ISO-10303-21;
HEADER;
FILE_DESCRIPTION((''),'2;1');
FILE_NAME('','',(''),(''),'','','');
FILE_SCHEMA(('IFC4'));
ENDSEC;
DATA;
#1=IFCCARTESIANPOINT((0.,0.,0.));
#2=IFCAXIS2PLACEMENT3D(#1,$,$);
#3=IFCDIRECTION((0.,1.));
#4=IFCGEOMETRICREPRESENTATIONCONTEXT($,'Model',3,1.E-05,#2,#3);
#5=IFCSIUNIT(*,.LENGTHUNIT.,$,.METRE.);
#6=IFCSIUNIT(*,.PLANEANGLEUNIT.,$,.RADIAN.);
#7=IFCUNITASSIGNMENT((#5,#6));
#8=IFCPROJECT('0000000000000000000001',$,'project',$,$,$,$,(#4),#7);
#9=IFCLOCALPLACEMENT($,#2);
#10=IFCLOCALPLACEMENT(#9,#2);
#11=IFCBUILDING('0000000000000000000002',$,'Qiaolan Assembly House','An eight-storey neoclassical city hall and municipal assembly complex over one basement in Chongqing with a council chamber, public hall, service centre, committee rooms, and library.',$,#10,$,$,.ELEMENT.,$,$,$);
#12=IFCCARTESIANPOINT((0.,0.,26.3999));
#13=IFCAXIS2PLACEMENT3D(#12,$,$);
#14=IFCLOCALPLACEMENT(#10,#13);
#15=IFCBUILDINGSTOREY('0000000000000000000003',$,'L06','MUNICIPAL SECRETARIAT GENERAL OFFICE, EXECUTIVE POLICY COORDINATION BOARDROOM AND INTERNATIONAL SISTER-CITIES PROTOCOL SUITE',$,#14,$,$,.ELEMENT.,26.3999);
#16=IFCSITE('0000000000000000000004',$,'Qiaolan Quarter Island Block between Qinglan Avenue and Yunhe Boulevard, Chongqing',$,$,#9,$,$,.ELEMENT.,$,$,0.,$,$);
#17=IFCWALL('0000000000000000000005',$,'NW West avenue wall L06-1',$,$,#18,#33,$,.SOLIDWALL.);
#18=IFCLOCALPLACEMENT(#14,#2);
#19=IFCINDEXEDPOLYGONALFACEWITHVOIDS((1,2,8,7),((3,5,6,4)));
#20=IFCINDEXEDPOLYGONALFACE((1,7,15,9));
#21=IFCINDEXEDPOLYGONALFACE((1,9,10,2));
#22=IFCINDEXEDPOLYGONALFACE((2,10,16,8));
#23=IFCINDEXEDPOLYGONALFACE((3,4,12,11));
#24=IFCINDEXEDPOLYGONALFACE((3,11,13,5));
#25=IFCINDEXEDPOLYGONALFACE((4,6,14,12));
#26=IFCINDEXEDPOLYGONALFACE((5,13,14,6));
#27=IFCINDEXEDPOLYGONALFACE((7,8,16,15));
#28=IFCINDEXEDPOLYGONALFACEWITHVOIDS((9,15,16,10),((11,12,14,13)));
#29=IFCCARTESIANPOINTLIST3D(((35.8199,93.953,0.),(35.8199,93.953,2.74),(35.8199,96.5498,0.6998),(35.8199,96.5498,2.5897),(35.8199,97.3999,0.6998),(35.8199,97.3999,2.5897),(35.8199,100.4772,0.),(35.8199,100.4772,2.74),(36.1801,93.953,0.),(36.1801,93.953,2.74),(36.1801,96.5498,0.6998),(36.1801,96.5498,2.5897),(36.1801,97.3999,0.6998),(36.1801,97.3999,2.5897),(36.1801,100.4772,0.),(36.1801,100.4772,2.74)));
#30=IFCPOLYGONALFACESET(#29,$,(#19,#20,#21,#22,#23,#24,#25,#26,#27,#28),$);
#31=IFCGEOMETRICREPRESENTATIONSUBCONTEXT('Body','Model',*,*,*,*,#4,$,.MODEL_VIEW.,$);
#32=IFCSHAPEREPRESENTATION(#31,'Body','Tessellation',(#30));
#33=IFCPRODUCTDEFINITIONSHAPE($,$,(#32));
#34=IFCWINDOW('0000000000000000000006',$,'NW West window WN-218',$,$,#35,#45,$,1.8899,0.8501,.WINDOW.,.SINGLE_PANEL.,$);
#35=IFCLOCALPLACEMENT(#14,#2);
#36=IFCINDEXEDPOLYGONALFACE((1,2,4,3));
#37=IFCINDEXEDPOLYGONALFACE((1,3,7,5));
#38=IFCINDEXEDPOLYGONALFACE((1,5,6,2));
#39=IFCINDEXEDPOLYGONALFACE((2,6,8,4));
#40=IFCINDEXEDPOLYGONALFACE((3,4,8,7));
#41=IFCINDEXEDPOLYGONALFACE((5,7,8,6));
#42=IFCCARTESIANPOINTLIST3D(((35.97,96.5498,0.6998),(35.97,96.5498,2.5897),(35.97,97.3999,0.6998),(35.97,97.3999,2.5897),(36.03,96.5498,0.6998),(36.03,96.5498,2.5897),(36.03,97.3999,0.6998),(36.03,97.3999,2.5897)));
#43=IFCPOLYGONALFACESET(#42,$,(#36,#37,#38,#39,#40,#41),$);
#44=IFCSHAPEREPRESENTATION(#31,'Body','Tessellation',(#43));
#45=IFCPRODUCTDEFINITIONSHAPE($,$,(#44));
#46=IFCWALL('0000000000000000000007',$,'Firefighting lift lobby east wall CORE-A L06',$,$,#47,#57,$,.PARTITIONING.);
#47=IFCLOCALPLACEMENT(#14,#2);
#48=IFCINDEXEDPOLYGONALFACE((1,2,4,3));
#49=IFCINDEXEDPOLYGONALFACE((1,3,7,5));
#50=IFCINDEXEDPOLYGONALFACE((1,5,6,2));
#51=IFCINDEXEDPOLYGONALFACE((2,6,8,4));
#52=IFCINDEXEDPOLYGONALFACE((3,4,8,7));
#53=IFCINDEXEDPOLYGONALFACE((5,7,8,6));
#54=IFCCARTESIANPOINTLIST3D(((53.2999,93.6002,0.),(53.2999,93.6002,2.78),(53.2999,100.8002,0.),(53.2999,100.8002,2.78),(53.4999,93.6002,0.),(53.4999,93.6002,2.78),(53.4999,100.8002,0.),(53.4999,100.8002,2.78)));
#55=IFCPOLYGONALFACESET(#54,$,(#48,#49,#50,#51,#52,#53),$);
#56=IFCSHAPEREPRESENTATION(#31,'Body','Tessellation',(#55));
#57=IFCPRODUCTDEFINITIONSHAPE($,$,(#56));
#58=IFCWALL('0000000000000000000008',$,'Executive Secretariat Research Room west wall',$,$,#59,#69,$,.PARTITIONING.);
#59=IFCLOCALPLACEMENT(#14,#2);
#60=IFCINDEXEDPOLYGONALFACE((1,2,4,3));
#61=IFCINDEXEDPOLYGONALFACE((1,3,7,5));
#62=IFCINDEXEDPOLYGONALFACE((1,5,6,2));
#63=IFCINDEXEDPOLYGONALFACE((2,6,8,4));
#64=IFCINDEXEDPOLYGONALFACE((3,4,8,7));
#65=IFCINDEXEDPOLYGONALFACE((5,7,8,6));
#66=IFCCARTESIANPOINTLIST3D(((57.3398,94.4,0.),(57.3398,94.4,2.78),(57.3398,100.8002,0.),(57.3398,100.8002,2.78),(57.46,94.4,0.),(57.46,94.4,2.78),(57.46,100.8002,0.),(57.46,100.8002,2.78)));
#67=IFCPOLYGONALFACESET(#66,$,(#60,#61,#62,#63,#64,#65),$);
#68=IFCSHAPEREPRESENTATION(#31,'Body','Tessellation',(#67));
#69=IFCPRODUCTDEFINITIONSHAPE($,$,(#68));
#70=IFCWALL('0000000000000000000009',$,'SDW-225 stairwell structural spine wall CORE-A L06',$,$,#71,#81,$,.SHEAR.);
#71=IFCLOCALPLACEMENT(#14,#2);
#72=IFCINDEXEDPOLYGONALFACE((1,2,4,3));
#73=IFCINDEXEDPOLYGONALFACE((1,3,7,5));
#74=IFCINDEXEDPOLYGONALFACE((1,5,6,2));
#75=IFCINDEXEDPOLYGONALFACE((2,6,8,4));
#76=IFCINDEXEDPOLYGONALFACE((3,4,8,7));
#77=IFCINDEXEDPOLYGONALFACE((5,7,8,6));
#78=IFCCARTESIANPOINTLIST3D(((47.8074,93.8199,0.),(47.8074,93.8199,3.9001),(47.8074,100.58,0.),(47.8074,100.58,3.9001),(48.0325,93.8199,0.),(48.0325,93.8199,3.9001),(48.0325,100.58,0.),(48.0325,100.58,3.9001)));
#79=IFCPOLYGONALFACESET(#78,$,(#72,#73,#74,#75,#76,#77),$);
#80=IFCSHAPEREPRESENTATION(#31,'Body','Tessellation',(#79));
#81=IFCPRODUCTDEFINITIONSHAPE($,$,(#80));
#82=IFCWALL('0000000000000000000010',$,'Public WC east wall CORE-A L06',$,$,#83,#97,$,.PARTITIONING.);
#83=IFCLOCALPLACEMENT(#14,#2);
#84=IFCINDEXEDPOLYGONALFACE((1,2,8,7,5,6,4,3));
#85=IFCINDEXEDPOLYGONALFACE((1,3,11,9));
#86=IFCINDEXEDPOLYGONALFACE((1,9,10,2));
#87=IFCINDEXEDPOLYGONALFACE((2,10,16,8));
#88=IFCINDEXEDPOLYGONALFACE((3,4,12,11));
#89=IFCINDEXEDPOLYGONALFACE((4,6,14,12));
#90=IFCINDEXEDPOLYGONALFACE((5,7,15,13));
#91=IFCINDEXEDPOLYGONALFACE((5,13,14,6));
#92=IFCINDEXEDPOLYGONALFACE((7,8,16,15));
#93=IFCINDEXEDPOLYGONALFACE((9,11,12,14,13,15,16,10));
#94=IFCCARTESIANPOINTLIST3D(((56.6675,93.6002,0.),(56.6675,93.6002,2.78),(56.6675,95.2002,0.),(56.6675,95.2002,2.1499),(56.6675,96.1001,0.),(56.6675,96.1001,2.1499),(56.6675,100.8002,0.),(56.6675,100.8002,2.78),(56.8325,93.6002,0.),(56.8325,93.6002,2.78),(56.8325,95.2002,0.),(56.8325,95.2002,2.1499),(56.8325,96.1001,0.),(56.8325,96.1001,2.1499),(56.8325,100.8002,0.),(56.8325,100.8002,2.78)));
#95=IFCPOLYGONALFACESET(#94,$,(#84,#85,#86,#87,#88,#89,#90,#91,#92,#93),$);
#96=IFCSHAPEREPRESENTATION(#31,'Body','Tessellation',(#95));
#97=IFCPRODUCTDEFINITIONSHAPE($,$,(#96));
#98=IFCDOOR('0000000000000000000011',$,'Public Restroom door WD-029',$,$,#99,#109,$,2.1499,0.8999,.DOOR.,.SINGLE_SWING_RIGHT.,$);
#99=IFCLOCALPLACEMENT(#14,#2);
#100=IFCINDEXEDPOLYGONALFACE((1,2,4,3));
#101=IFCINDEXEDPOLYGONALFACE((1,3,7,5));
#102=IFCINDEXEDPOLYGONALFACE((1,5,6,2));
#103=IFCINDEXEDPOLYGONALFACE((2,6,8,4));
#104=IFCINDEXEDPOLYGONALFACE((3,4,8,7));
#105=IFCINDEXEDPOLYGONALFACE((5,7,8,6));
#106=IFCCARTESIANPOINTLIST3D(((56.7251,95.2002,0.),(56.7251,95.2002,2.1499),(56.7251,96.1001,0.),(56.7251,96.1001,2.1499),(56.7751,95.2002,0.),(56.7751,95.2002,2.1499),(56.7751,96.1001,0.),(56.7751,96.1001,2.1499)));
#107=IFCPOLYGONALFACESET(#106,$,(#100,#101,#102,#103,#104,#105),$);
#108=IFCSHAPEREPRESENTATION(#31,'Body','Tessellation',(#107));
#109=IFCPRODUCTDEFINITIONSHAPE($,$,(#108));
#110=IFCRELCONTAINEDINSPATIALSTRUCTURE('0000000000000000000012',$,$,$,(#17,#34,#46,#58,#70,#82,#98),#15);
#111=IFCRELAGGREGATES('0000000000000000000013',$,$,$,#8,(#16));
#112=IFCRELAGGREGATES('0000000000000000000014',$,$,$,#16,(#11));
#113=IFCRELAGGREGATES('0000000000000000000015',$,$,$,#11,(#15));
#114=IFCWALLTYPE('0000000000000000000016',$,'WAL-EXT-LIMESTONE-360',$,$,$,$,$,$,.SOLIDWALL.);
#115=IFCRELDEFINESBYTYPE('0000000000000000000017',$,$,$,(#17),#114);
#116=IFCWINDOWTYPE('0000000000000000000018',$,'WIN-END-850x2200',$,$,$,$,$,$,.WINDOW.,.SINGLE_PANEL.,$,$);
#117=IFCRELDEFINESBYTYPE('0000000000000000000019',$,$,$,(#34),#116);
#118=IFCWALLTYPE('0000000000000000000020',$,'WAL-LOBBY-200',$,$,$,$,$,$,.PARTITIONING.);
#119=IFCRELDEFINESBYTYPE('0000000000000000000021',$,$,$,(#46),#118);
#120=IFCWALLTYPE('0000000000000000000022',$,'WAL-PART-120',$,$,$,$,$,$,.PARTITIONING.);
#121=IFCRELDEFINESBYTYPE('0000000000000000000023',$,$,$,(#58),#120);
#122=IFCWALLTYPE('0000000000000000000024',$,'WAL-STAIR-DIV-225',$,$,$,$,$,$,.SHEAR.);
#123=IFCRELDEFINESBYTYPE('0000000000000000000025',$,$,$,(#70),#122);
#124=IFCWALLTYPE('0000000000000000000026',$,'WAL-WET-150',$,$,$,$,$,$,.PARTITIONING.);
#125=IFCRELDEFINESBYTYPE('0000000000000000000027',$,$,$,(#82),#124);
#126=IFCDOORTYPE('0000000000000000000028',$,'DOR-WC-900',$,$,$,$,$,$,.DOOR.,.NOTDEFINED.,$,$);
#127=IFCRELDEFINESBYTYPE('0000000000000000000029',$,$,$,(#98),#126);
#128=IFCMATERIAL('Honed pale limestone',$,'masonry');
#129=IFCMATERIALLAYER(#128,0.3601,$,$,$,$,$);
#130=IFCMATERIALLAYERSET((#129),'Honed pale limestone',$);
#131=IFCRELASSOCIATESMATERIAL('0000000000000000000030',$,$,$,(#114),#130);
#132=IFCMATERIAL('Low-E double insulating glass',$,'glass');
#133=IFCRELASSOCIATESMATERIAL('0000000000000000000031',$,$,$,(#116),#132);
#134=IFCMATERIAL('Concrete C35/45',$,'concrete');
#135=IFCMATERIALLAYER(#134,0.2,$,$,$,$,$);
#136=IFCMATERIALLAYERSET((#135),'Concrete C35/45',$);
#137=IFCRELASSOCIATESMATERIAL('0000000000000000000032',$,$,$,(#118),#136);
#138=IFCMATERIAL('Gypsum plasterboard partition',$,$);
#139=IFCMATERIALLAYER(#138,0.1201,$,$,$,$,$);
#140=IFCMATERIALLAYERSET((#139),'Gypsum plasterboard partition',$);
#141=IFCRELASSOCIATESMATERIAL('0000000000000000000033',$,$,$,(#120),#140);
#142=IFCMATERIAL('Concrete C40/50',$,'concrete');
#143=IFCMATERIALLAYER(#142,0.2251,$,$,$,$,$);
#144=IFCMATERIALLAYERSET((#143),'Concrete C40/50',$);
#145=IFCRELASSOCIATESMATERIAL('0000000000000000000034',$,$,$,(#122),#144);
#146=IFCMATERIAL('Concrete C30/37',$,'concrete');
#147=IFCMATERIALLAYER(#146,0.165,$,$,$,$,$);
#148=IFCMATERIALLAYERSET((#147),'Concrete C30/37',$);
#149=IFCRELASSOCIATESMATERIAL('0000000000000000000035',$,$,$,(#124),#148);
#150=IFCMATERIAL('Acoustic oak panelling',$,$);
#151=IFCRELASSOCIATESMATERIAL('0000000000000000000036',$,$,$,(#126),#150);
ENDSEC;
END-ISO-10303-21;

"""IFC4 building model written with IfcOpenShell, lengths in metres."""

from ifc_helpers import new_model, si_unit, direction, frame, frame_2d, origin, place, context, subcontext, project, spatial, rectangle, extrude, material, layer, layer_set, type_object, element, fill, save


model = new_model("IFC4")

# Units and contexts
model_context = context("Model", 3, precision=1e-05, world=origin(), true_north=direction((0.0, 1.0)))
body_context = subcontext(model_context, "Body", "Model", "MODEL_VIEW")
ifc_project = project(units=[si_unit("LENGTHUNIT", "METRE"), si_unit("PLANEANGLEUNIT", "RADIAN")], contexts=[model_context])

# Site, building, storey
site_placement = place(None, origin())
site = spatial("IfcSite", under=ifc_project, at=site_placement, Name="Qiaolan Quarter Island Block between Qinglan Avenue and Yunhe Boulevard, Chongqing", CompositionType="ELEMENT", RefElevation=0.0)
building_placement = place(site_placement, origin())
building = spatial("IfcBuilding", under=site, at=building_placement, Name="Qiaolan Assembly House", Description="An eight-storey neoclassical city hall and municipal assembly complex over one basement in Chongqing with a council chamber, public hall, service centre, committee rooms, and library.", CompositionType="ELEMENT")
storey_placement = place(building_placement, frame((0.0, 0.0, 26.3999)))
storey = spatial("IfcBuildingStorey", under=building, at=storey_placement, Name="L06", Description="MUNICIPAL SECRETARIAT GENERAL OFFICE, EXECUTIVE POLICY COORDINATION BOARDROOM AND INTERNATIONAL SISTER-CITIES PROTOCOL SUITE", CompositionType="ELEMENT", Elevation=26.3999)

# Shared definitions
ifc_material_1 = material(Name="Concrete C40/50", Category="concrete")

# Shared definitions
ifc_material_2 = material(Name="Honed pale limestone", Category="masonry")
ifc_layer_1 = layer(ifc_material_2, 0.3601)
ifc_layer_set_1 = layer_set([ifc_layer_1], Name="Honed pale limestone")
wall_type_1 = type_object("IfcWallType", Name="WAL-EXT-LIMESTONE-360", PredefinedType="SOLIDWALL", material=ifc_layer_set_1)
ifc_material_3 = material(Name="Low-E double insulating glass", Category="glass")

# Wall, opening, window
wall_1_placement = place(storey_placement, frame((36.0, 93.9529, 0.0), z_axis=(0.0, 0.0, 1.0), x_axis=(0.0, 1.0, 0.0)))
wall_1 = element("IfcWall", 1, at=wall_1_placement, inside=storey, type_object=wall_type_1, Name="NW West avenue wall L06-1", PredefinedType="SOLIDWALL", context=body_context, shape_type="SweptSolid", body=[
    extrude(rectangle(XDim=6.5242, YDim=0.3601, at=frame_2d((3.2622, 0.0))), origin(), (0.0, 0.0, 1.0), 2.74),
])
opening_1_placement = place(wall_1_placement, frame((2.5969, 0.0, 0.7)))
opening_1 = element("IfcOpeningElement", 2, at=opening_1_placement, cuts=wall_1, PredefinedType="OPENING", context=body_context, shape_type="SweptSolid", body=[
    extrude(rectangle(XDim=0.8501, YDim=1.8899, at=frame_2d((0.425, 0.9448))), frame((0.0, 0.1899, 0.0), z_axis=(0.0, -1.0, 0.0), x_axis=(1.0, 0.0, 0.0)), (0.0, 0.0, 1.0), 0.3801),
])
window_type_1 = type_object("IfcWindowType", Name="WIN-END-850x2200", PartitioningType="SINGLE_PANEL", PredefinedType="WINDOW", material=ifc_material_3)
window_1_placement = place(opening_1_placement, origin())
window_1 = element("IfcWindow", 3, at=window_1_placement, inside=storey, type_object=window_type_1, Name="NW West window WN-218", OverallHeight=1.8899, OverallWidth=0.8501, PartitioningType="SINGLE_PANEL", PredefinedType="WINDOW", context=body_context, shape_type="SweptSolid", body=[
    extrude(rectangle(XDim=0.8501, YDim=1.8899, at=frame_2d((0.425, 0.9448))), frame((0.0, 0.03, 0.0), z_axis=(0.0, -1.0, 0.0), x_axis=(1.0, 0.0, 0.0)), (0.0, 0.0, 1.0), 0.0601),
])
fill(opening_1, window_1)

# Walls
ifc_material_4 = material(Name="Concrete C35/45", Category="concrete")
ifc_layer_2 = layer(ifc_material_4, 0.2)
ifc_layer_set_2 = layer_set([ifc_layer_2], Name="Concrete C35/45")
wall_type_2 = type_object("IfcWallType", Name="WAL-LOBBY-200", PredefinedType="PARTITIONING", material=ifc_layer_set_2)
wall_2_placement = place(storey_placement, frame((53.3999, 93.6001, 0.0), z_axis=(0.0, 0.0, 1.0), x_axis=(0.0, 1.0, 0.0)))
element("IfcWall", 4, at=wall_2_placement, inside=storey, type_object=wall_type_2, Name="Firefighting lift lobby east wall CORE-A L06", PredefinedType="PARTITIONING", context=body_context, shape_type="SweptSolid", body=[
    extrude(rectangle(XDim=7.2, YDim=0.2, at=frame_2d((3.6001, 0.0))), origin(), (0.0, 0.0, 1.0), 2.78),
])
ifc_material_5 = material(Name="Gypsum plasterboard partition")
ifc_layer_3 = layer(ifc_material_5, 0.1201)
ifc_layer_set_3 = layer_set([ifc_layer_3], Name="Gypsum plasterboard partition")
wall_type_3 = type_object("IfcWallType", Name="WAL-PART-120", PredefinedType="PARTITIONING", material=ifc_layer_set_3)
wall_3_placement = place(storey_placement, frame((57.3999, 94.3999, 0.0), z_axis=(0.0, 0.0, 1.0), x_axis=(0.0, 1.0, 0.0)))
element("IfcWall", 5, at=wall_3_placement, inside=storey, type_object=wall_type_3, Name="Executive Secretariat Research Room west wall", PredefinedType="PARTITIONING", context=body_context, shape_type="SweptSolid", body=[
    extrude(rectangle(XDim=6.4001, YDim=0.1201, at=frame_2d((3.2002, 0.0))), origin(), (0.0, 0.0, 1.0), 2.78),
])
ifc_layer_4 = layer(ifc_material_1, 0.2251)
ifc_layer_set_4 = layer_set([ifc_layer_4], Name="Concrete C40/50")
wall_type_4 = type_object("IfcWallType", Name="WAL-STAIR-DIV-225", PredefinedType="SHEAR", material=ifc_layer_set_4)
wall_4_placement = place(storey_placement, frame((47.9199, 93.8201, 0.0), z_axis=(0.0, 0.0, 1.0), x_axis=(0.0, 1.0, 0.0)))
element("IfcWall", 6, at=wall_4_placement, inside=storey, type_object=wall_type_4, Name="SDW-225 stairwell structural spine wall CORE-A L06", PredefinedType="SHEAR", context=body_context, shape_type="SweptSolid", body=[
    extrude(rectangle(XDim=6.76, YDim=0.2251, at=frame_2d((3.3799, 0.0))), origin(), (0.0, 0.0, 1.0), 3.9001),
])

# Wall, opening, door
ifc_material_6 = material(Name="Concrete C30/37", Category="concrete")
ifc_layer_5 = layer(ifc_material_6, 0.165)
ifc_layer_set_5 = layer_set([ifc_layer_5], Name="Concrete C30/37")
wall_type_5 = type_object("IfcWallType", Name="WAL-WET-150", PredefinedType="PARTITIONING", material=ifc_layer_set_5)
wall_5_placement = place(storey_placement, frame((56.75, 93.6001, 0.0), z_axis=(0.0, 0.0, 1.0), x_axis=(0.0, 1.0, 0.0)))
wall_5 = element("IfcWall", 7, at=wall_5_placement, inside=storey, type_object=wall_type_5, Name="Public WC east wall CORE-A L06", PredefinedType="PARTITIONING", context=body_context, shape_type="SweptSolid", body=[
    extrude(rectangle(XDim=7.2, YDim=0.165, at=frame_2d((3.6001, 0.0))), origin(), (0.0, 0.0, 1.0), 2.78),
])
opening_2_placement = place(wall_5_placement, frame((1.6001, 0.0, 0.0)))
opening_2 = element("IfcOpeningElement", 8, at=opening_2_placement, cuts=wall_5, PredefinedType="OPENING", context=body_context, shape_type="SweptSolid", body=[
    extrude(rectangle(XDim=0.8999, YDim=2.1499, at=frame_2d((0.45, 1.075))), frame((0.0, 0.0925, 0.0), z_axis=(0.0, -1.0, 0.0), x_axis=(1.0, 0.0, 0.0)), (0.0, 0.0, 1.0), 0.1851),
])
ifc_material_7 = material(Name="Acoustic oak panelling")
door_type_1 = type_object("IfcDoorType", Name="DOR-WC-900", OperationType="NOTDEFINED", PredefinedType="DOOR", material=ifc_material_7)
door_1_placement = place(opening_2_placement, origin())
door_1 = element("IfcDoor", 9, at=door_1_placement, inside=storey, type_object=door_type_1, Name="Public Restroom door WD-029", OperationType="SINGLE_SWING_RIGHT", OverallHeight=2.1499, OverallWidth=0.8999, PredefinedType="DOOR", context=body_context, shape_type="SweptSolid", body=[
    extrude(rectangle(XDim=0.8999, YDim=2.1499, at=frame_2d((0.45, 1.075))), frame((0.0, 0.0249, 0.0), z_axis=(0.0, -1.0, 0.0), x_axis=(1.0, 0.0, 0.0)), (0.0, 0.0, 1.0), 0.05),
])
fill(opening_2, door_1)

save(model, "model.ifc")
